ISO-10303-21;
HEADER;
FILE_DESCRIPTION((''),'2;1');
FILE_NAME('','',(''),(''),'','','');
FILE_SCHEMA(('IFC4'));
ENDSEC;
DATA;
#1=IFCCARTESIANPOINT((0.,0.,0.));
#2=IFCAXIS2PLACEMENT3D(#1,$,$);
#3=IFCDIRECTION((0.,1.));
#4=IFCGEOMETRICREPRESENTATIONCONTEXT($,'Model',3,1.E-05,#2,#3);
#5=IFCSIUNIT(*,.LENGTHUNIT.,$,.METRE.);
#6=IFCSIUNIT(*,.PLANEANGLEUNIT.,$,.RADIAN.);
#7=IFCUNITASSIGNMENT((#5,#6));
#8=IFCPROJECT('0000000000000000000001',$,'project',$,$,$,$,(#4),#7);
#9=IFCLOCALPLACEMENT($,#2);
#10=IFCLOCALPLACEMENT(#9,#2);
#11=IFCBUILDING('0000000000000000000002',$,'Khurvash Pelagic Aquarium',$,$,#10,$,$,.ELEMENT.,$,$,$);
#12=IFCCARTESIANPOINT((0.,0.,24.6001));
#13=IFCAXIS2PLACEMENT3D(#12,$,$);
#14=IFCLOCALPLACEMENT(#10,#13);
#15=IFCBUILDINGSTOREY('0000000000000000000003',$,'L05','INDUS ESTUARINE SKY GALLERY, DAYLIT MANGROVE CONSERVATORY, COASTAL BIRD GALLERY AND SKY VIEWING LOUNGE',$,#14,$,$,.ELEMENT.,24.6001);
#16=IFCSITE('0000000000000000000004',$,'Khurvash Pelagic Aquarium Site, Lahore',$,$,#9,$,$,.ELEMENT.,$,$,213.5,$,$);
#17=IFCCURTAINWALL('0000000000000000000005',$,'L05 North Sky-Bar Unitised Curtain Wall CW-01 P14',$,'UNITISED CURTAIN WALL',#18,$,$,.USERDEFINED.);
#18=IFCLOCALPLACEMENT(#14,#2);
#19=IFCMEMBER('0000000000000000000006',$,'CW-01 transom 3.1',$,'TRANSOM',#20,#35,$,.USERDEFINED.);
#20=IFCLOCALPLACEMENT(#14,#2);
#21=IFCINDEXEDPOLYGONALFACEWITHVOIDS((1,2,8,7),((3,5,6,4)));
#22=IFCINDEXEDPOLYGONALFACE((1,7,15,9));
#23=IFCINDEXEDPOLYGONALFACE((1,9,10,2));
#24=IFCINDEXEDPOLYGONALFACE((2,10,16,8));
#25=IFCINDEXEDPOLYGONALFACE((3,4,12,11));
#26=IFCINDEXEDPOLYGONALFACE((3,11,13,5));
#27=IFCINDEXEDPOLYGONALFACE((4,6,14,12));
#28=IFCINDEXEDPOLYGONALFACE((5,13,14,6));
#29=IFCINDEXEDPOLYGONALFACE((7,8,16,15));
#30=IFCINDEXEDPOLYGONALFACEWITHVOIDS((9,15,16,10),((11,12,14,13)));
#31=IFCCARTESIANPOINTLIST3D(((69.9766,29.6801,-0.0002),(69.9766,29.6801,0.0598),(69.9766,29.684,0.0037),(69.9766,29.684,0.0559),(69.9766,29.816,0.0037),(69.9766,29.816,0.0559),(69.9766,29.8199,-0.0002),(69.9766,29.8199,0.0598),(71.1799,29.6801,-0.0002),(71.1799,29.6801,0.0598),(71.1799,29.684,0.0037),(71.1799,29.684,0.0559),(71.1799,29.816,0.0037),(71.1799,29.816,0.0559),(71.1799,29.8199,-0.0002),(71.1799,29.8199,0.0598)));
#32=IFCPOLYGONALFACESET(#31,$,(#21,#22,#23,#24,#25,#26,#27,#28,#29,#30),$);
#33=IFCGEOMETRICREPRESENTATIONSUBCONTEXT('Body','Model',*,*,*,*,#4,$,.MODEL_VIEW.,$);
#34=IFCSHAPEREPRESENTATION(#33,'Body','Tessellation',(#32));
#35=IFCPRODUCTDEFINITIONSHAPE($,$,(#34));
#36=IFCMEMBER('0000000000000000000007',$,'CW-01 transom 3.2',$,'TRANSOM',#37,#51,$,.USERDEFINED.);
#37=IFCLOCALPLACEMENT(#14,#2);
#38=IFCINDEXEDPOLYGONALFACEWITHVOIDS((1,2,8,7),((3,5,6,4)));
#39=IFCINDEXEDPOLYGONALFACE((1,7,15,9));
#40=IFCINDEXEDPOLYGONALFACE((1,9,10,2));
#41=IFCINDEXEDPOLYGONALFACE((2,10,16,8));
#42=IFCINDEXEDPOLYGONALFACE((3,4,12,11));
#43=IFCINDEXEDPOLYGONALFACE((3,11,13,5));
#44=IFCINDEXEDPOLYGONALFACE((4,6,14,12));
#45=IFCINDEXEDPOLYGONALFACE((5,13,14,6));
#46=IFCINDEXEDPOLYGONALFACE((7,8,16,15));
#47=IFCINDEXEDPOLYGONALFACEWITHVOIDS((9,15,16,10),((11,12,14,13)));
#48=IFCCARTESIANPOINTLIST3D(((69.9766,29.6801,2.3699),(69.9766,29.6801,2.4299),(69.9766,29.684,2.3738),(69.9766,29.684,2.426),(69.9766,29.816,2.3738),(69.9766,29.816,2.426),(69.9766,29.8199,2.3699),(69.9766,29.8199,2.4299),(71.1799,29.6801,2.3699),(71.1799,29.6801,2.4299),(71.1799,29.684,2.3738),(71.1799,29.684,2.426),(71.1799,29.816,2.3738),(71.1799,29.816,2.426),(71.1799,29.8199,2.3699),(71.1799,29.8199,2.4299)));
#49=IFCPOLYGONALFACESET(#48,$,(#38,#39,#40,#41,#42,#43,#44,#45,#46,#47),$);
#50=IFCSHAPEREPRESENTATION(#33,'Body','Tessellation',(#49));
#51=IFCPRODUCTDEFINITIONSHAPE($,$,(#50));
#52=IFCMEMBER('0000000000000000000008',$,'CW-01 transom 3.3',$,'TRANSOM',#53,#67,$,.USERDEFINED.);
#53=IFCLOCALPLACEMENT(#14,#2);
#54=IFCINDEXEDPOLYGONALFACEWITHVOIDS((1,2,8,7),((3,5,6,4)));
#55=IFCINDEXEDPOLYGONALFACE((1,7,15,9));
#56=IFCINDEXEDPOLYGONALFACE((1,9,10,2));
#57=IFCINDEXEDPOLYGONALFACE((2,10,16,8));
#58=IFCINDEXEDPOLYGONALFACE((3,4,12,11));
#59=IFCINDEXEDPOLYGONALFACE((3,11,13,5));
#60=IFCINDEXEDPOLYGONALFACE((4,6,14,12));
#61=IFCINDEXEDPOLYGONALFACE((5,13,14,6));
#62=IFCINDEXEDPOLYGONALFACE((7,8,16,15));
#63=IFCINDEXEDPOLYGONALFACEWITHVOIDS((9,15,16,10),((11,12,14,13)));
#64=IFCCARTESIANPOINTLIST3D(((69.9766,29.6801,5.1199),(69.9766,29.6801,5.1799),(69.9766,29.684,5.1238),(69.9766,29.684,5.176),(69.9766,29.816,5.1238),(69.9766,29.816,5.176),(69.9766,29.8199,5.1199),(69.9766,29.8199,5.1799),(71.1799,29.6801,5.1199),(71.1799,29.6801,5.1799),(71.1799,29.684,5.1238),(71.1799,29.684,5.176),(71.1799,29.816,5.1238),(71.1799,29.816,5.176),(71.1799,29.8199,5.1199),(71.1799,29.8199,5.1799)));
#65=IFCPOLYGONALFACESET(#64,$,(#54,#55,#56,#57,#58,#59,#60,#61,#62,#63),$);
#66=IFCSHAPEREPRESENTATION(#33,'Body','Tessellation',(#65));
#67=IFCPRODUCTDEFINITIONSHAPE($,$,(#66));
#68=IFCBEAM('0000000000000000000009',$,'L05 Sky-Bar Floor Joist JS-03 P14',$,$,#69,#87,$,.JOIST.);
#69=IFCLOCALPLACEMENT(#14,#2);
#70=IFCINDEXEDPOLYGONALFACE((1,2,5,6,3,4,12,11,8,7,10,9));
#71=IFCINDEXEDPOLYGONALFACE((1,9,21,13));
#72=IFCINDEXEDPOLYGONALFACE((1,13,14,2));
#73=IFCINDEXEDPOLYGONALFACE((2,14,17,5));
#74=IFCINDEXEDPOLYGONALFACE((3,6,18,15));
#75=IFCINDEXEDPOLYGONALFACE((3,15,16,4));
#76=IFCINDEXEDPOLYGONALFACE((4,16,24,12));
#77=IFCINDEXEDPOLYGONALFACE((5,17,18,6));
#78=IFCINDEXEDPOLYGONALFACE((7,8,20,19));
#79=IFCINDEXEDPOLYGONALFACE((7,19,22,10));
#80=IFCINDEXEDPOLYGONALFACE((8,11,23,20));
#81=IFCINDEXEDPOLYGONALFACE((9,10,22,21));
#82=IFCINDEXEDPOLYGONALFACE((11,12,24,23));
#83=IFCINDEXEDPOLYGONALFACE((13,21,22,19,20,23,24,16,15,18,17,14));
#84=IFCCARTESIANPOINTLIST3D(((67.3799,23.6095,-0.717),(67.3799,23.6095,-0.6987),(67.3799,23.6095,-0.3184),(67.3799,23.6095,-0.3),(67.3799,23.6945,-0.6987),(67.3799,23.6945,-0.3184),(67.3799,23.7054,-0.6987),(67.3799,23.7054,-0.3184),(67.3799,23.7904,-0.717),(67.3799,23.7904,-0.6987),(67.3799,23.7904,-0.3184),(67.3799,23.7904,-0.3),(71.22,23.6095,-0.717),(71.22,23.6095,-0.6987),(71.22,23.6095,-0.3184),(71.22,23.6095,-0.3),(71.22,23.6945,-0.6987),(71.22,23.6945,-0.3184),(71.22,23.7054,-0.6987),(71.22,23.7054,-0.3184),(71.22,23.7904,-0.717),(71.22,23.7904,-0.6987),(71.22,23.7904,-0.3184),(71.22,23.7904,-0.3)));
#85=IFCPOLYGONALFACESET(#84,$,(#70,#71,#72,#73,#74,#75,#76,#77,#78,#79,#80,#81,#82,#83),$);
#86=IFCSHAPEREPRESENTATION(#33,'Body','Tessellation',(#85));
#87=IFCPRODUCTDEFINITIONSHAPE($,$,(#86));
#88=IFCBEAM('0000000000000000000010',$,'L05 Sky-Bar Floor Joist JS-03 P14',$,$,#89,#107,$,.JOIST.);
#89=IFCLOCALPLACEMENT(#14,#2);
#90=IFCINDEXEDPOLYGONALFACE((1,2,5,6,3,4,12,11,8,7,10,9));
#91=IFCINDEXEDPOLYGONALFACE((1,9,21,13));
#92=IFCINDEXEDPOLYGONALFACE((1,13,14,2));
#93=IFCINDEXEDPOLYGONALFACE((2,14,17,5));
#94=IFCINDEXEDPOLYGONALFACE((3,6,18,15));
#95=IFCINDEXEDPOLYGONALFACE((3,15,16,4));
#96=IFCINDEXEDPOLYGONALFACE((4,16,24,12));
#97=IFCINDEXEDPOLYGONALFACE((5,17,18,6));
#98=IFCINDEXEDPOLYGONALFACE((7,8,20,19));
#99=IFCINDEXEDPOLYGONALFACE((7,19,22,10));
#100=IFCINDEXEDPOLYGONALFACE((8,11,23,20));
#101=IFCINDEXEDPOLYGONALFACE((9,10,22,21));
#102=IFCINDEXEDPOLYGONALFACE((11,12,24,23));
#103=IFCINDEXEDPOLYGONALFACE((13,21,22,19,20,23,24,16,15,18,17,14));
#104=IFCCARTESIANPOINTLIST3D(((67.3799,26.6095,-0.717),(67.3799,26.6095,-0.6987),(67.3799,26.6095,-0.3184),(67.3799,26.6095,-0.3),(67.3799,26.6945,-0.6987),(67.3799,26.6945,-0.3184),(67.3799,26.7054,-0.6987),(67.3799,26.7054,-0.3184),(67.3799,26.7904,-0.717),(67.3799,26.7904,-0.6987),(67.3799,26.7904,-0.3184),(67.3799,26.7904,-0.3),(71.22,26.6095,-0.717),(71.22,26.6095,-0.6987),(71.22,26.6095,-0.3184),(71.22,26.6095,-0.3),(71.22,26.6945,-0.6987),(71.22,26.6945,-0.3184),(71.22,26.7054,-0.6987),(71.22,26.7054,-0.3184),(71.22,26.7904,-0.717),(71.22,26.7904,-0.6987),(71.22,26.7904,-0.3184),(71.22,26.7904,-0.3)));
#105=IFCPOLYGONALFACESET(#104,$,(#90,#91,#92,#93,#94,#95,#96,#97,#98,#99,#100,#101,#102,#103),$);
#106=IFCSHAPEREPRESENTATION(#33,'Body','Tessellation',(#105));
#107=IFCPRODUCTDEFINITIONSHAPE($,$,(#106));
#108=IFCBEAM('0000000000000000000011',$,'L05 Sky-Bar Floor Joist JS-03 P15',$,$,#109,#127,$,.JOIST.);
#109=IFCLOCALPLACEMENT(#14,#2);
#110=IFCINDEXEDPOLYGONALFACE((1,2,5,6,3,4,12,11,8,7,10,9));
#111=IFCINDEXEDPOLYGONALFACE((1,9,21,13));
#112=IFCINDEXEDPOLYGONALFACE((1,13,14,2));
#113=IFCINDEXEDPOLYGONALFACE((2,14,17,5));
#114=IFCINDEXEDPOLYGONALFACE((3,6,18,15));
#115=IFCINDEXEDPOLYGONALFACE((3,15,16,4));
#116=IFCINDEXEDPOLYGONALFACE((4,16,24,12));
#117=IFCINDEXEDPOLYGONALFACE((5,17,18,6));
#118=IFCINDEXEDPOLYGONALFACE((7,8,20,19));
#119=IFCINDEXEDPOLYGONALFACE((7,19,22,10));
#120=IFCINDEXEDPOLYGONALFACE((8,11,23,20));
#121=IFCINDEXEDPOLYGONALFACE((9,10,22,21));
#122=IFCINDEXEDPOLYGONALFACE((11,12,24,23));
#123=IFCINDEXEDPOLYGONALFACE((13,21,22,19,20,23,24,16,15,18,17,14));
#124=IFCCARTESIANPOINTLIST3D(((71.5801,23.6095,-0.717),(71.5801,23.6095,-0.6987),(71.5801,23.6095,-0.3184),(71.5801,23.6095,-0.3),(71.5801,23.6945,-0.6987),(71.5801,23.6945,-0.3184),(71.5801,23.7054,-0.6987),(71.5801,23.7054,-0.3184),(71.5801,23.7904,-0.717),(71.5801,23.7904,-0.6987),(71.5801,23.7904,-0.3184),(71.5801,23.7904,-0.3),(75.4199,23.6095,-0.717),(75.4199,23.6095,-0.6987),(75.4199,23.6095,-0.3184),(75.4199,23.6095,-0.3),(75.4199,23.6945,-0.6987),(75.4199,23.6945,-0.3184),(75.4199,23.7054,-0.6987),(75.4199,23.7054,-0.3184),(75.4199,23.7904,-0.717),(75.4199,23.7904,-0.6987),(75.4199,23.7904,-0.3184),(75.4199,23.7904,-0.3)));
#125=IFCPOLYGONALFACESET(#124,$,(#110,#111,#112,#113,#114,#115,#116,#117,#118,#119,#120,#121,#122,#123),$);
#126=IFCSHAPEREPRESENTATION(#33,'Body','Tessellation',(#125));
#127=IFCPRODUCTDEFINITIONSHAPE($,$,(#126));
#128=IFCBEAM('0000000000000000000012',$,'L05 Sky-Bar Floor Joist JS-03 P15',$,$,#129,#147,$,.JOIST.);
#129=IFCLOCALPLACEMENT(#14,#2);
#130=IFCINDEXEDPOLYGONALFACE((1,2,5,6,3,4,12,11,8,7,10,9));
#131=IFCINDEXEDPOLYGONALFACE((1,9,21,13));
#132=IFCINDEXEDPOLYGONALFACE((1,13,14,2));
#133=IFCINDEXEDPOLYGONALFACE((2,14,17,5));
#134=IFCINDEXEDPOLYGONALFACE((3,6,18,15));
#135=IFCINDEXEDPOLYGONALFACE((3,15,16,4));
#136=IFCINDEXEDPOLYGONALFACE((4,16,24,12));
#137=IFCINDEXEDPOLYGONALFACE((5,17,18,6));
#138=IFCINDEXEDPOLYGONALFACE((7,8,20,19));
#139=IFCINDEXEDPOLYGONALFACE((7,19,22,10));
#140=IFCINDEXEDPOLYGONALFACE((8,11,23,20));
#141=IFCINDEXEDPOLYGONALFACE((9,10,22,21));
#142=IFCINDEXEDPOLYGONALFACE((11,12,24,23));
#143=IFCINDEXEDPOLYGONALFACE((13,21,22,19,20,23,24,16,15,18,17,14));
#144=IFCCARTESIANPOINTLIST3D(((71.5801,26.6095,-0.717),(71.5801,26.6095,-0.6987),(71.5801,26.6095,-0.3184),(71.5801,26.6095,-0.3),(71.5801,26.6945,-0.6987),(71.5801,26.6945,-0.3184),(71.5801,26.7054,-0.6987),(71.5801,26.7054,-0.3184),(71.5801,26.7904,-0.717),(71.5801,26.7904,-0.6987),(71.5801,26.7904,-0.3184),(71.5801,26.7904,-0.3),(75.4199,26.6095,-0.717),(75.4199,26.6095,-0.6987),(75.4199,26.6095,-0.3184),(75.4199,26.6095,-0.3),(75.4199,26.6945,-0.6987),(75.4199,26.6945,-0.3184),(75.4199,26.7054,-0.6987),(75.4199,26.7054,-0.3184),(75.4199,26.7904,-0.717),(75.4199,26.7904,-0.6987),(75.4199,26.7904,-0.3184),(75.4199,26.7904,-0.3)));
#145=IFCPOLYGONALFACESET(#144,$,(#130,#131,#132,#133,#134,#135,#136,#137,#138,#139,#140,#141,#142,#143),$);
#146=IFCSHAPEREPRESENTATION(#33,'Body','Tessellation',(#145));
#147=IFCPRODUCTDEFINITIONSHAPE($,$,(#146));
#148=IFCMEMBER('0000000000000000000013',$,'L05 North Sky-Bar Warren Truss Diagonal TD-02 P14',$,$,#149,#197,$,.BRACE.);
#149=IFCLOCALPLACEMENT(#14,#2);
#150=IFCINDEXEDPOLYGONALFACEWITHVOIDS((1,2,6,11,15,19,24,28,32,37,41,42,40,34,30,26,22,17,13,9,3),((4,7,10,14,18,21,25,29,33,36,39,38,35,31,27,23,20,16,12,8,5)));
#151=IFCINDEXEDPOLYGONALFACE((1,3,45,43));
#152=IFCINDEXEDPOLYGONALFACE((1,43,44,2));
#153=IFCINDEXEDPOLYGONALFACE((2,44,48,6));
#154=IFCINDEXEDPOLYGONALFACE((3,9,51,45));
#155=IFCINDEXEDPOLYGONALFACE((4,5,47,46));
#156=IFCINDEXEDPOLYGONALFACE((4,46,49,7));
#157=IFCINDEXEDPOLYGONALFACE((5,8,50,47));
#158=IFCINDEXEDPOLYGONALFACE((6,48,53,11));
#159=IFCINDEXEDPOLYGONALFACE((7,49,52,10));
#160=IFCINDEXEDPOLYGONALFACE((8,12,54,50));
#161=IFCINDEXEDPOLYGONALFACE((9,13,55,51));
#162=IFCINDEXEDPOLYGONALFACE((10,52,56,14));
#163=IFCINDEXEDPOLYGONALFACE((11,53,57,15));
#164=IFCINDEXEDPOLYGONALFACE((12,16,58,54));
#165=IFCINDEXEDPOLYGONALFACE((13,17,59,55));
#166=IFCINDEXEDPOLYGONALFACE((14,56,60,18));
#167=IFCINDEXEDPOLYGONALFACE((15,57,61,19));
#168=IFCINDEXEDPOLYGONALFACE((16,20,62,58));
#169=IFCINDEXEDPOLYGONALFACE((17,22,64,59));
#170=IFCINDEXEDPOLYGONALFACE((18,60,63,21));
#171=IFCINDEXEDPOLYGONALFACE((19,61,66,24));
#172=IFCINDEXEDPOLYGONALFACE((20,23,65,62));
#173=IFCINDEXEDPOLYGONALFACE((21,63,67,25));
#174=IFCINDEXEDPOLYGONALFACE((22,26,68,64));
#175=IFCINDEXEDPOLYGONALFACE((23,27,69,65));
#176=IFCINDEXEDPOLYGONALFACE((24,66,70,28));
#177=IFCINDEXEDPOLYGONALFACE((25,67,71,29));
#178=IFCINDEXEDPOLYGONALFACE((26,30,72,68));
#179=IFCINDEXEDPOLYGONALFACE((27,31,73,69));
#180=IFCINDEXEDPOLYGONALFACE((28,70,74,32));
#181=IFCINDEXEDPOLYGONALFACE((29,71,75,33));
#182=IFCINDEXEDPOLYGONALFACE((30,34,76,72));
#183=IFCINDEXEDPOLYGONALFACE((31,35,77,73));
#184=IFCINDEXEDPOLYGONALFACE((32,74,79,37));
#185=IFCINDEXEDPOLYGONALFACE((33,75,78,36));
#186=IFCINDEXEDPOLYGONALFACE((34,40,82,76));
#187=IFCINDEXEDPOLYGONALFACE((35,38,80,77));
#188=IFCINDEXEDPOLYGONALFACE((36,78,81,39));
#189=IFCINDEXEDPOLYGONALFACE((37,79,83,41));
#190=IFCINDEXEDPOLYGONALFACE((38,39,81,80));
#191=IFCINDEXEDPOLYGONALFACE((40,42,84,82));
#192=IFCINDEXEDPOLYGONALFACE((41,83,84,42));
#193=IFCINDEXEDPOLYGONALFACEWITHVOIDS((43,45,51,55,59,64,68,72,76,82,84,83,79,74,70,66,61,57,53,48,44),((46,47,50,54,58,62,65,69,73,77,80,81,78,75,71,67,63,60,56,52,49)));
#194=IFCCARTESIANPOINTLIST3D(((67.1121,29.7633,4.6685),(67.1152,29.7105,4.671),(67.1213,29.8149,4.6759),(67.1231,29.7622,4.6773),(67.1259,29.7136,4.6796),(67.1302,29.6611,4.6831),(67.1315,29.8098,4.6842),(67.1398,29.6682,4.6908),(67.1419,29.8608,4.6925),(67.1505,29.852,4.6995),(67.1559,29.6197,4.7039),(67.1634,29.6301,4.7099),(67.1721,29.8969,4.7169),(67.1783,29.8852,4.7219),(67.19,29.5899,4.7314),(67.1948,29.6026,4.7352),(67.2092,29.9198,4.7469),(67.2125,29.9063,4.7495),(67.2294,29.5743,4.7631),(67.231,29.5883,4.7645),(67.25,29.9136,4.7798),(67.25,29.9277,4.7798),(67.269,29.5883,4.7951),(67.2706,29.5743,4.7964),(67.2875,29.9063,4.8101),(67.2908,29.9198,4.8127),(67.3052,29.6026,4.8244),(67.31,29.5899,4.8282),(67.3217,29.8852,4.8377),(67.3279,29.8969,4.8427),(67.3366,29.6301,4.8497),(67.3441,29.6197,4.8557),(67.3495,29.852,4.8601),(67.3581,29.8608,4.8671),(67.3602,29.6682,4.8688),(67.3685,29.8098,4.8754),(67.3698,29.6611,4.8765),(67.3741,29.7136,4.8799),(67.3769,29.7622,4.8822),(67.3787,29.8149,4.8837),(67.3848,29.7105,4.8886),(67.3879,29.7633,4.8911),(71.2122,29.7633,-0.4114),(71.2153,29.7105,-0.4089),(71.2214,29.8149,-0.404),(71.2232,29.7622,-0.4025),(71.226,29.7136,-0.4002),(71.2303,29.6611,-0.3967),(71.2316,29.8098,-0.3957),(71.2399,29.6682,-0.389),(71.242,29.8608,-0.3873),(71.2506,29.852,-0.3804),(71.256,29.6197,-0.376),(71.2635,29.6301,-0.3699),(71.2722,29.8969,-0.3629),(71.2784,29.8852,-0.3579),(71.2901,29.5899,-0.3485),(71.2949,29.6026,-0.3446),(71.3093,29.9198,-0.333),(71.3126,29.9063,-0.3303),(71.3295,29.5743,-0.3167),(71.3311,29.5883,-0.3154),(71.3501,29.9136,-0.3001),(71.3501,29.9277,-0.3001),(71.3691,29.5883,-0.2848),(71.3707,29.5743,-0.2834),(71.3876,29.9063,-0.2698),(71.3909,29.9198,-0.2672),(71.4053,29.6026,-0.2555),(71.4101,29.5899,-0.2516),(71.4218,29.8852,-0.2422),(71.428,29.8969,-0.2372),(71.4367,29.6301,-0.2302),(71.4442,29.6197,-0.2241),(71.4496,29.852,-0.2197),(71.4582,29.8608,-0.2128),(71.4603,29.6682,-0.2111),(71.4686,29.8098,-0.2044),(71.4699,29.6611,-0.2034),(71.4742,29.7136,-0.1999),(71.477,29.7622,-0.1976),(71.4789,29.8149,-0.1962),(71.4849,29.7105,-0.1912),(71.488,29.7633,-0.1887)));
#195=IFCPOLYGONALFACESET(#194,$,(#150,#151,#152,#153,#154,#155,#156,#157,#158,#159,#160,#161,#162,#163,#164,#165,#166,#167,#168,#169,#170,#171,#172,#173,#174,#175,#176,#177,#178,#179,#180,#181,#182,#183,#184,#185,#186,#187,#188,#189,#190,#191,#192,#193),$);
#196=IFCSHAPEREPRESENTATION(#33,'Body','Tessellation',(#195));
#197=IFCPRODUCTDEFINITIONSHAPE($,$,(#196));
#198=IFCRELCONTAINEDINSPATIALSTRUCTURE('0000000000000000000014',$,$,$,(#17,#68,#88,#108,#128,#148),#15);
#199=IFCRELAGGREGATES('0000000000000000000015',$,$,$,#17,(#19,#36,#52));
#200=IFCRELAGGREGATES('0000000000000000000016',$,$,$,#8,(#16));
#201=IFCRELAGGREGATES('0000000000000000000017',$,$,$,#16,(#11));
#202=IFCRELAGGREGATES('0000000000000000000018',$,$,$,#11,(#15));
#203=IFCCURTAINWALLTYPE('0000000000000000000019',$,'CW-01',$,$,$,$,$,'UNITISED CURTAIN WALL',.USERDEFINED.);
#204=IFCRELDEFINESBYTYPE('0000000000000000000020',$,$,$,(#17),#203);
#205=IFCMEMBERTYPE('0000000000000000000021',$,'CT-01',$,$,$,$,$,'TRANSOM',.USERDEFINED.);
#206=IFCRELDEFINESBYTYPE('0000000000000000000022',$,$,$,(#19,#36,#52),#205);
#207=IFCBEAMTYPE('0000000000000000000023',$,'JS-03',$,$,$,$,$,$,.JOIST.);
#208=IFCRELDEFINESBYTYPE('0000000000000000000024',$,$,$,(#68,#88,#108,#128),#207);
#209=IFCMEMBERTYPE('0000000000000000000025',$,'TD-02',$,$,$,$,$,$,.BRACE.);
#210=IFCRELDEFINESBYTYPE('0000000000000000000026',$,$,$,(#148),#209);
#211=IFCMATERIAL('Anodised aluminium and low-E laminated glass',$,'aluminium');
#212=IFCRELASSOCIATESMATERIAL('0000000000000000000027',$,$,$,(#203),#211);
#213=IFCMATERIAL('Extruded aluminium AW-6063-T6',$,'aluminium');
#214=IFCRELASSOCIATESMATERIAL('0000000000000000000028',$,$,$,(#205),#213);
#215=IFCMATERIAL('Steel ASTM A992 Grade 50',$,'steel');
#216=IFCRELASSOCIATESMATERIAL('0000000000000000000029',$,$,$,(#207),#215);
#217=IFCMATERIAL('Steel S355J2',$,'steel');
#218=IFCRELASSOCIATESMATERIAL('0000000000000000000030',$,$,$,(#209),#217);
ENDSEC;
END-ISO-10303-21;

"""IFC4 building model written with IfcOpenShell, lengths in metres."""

from ifc_helpers import new_model, si_unit, direction, frame, origin, origin_2d, place, context, subcontext, project, spatial, hollow_rectangle, hollow_circle, i_section, extrude, material, material_profile, profile_set, type_object, element, aggregate, save


model = new_model("IFC4")

# Units and contexts
model_context = context("Model", 3, precision=1e-05, world=origin(), true_north=direction((0.0, 1.0)))
body_context = subcontext(model_context, "Body", "Model", "MODEL_VIEW")
ifc_project = project(units=[si_unit("LENGTHUNIT", "METRE"), si_unit("PLANEANGLEUNIT", "RADIAN")], contexts=[model_context])

# Site, building, storey
site_placement = place(None, origin())
site = spatial("IfcSite", under=ifc_project, at=site_placement, Name="Khurvash Pelagic Aquarium Site, Lahore", CompositionType="ELEMENT", RefElevation=213.5)
building_placement = place(site_placement, origin())
building = spatial("IfcBuilding", under=site, at=building_placement, Name="Khurvash Pelagic Aquarium", CompositionType="ELEMENT")
storey_placement = place(building_placement, frame((0.0, 0.0, 24.6001)))
storey = spatial("IfcBuildingStorey", under=building, at=storey_placement, Name="L05", Description="INDUS ESTUARINE SKY GALLERY, DAYLIT MANGROVE CONSERVATORY, COASTAL BIRD GALLERY AND SKY VIEWING LOUNGE", CompositionType="ELEMENT", Elevation=24.6001)

# Shared definitions
ifc_material_1 = material(Name="Steel ASTM A992 Grade 50", Category="steel")

# Curtain wall, members
ifc_material_2 = material(Name="Anodised aluminium and low-E laminated glass", Category="aluminium")
curtain_wall_type = type_object("IfcCurtainWallType", Name="CW-01", ElementType="UNITISED CURTAIN WALL", PredefinedType="USERDEFINED", material=ifc_material_2)
curtain_wall_placement = place(storey_placement, origin())
curtain_wall = element("IfcCurtainWall", 1, at=curtain_wall_placement, inside=storey, type_object=curtain_wall_type, Name="L05 North Sky-Bar Unitised Curtain Wall CW-01 P14", ObjectType="UNITISED CURTAIN WALL", PredefinedType="USERDEFINED")
ifc_material_3 = material(Name="Extruded aluminium AW-6063-T6", Category="aluminium")
ifc_material_profile_1 = material_profile(ifc_material_3, hollow_rectangle(XDim=0.1399, YDim=0.0601, WallThickness=0.0039, at=origin_2d()), Name="CWT140X60X4")
ifc_profile_set_1 = profile_set([ifc_material_profile_1], Name="Extruded aluminium AW-6063-T6")
member_type_1 = type_object("IfcMemberType", Name="CT-01", ElementType="TRANSOM", PredefinedType="USERDEFINED", material=ifc_profile_set_1)
member_1_placement = place(storey_placement, frame((69.9766, 29.75, 0.0298), z_axis=(1.0, 0.0, 0.0), x_axis=(0.0, 1.0, 0.0)))
member_1 = element("IfcMember", 2, at=member_1_placement, type_object=member_type_1, Name="CW-01 transom 3.1", ObjectType="TRANSOM", PredefinedType="USERDEFINED", context=body_context, shape_type="SweptSolid", body=[
    extrude(hollow_rectangle(XDim=0.1399, YDim=0.0601, WallThickness=0.0039, at=origin_2d()), origin(), (0.0, 0.0, 1.0), 1.2034),
])
member_2_placement = place(storey_placement, frame((69.9766, 29.75, 2.3999), z_axis=(1.0, 0.0, 0.0), x_axis=(0.0, 1.0, 0.0)))
member_2 = element("IfcMember", 3, at=member_2_placement, type_object=member_type_1, Name="CW-01 transom 3.2", ObjectType="TRANSOM", PredefinedType="USERDEFINED", context=body_context, shape_type="SweptSolid", body=[
    extrude(hollow_rectangle(XDim=0.1399, YDim=0.0601, WallThickness=0.0039, at=origin_2d()), origin(), (0.0, 0.0, 1.0), 1.2034),
])
member_3_placement = place(storey_placement, frame((69.9766, 29.75, 5.1499), z_axis=(1.0, 0.0, 0.0), x_axis=(0.0, 1.0, 0.0)))
member_3 = element("IfcMember", 4, at=member_3_placement, type_object=member_type_1, Name="CW-01 transom 3.3", ObjectType="TRANSOM", PredefinedType="USERDEFINED", context=body_context, shape_type="SweptSolid", body=[
    extrude(hollow_rectangle(XDim=0.1399, YDim=0.0601, WallThickness=0.0039, at=origin_2d()), origin(), (0.0, 0.0, 1.0), 1.2034),
])

# Beams
ifc_material_profile_2 = material_profile(ifc_material_1, i_section(OverallWidth=0.1809, OverallDepth=0.417, WebThickness=0.011, FlangeThickness=0.0183, at=origin_2d()), Name="W16X57")
ifc_profile_set_2 = profile_set([ifc_material_profile_2], Name="Steel ASTM A992 Grade 50")
beam_type_1 = type_object("IfcBeamType", Name="JS-03", PredefinedType="JOIST", material=ifc_profile_set_2)
for number, where, z_axis, x_axis, name in (
    (5, (67.3799, 23.7, -0.5085), (1.0, 0.0, 0.0), (0.0, 1.0, 0.0), "L05 Sky-Bar Floor Joist JS-03 P14"),
    (6, (67.3799, 26.7, -0.5085), (1.0, 0.0, 0.0), (0.0, 1.0, 0.0), "L05 Sky-Bar Floor Joist JS-03 P14"),
):
    element("IfcBeam", number, at=place(storey_placement, frame(where, z_axis=z_axis, x_axis=x_axis)), inside=storey, type_object=beam_type_1, Name=name, PredefinedType="JOIST", context=body_context, shape_type="SweptSolid", body=[
        extrude(i_section(OverallWidth=0.1809, OverallDepth=0.417, WebThickness=0.011, FlangeThickness=0.0183, at=origin_2d()), origin(), (0.0, 0.0, 1.0), 3.8401),
    ])
for number, where, z_axis, x_axis, name in (
    (7, (71.5801, 23.7, -0.5085), (1.0, 0.0, 0.0), (0.0, 1.0, 0.0), "L05 Sky-Bar Floor Joist JS-03 P15"),
    (8, (71.5801, 26.7, -0.5085), (1.0, 0.0, 0.0), (0.0, 1.0, 0.0), "L05 Sky-Bar Floor Joist JS-03 P15"),
):
    element("IfcBeam", number, at=place(storey_placement, frame(where, z_axis=z_axis, x_axis=x_axis)), inside=storey, type_object=beam_type_1, Name=name, PredefinedType="JOIST", context=body_context, shape_type="SweptSolid", body=[
        extrude(i_section(OverallWidth=0.1809, OverallDepth=0.417, WebThickness=0.011, FlangeThickness=0.0183, at=origin_2d()), origin(), (0.0, 0.0, 1.0), 3.8398),
    ])

# Member
ifc_material_4 = material(Name="Steel S355J2", Category="steel")
ifc_material_profile_3 = material_profile(ifc_material_4, hollow_circle(Radius=0.1777, WallThickness=0.0142, at=origin_2d()), Name="CHS355X14")
ifc_profile_set_3 = profile_set([ifc_material_profile_3], Name="Steel S355J2")
member_type_2 = type_object("IfcMemberType", Name="TD-02", PredefinedType="BRACE", material=ifc_profile_set_3)
member_4_placement = place(storey_placement, frame((67.25, 29.75, 4.7798), z_axis=(0.628073, 0.0, -0.778154), x_axis=(0.0, 1.0, 0.0)))
element("IfcMember", 9, at=member_4_placement, inside=storey, type_object=member_type_2, Name="L05 North Sky-Bar Warren Truss Diagonal TD-02 P14", PredefinedType="BRACE", context=body_context, shape_type="SweptSolid", body=[
    extrude(hollow_circle(Radius=0.1777, WallThickness=0.0142, at=origin_2d()), origin(), (0.0, 0.0, 1.0), 6.5281),
])

aggregate(curtain_wall, [member_1, member_2, member_3])

save(model, "model.ifc")
